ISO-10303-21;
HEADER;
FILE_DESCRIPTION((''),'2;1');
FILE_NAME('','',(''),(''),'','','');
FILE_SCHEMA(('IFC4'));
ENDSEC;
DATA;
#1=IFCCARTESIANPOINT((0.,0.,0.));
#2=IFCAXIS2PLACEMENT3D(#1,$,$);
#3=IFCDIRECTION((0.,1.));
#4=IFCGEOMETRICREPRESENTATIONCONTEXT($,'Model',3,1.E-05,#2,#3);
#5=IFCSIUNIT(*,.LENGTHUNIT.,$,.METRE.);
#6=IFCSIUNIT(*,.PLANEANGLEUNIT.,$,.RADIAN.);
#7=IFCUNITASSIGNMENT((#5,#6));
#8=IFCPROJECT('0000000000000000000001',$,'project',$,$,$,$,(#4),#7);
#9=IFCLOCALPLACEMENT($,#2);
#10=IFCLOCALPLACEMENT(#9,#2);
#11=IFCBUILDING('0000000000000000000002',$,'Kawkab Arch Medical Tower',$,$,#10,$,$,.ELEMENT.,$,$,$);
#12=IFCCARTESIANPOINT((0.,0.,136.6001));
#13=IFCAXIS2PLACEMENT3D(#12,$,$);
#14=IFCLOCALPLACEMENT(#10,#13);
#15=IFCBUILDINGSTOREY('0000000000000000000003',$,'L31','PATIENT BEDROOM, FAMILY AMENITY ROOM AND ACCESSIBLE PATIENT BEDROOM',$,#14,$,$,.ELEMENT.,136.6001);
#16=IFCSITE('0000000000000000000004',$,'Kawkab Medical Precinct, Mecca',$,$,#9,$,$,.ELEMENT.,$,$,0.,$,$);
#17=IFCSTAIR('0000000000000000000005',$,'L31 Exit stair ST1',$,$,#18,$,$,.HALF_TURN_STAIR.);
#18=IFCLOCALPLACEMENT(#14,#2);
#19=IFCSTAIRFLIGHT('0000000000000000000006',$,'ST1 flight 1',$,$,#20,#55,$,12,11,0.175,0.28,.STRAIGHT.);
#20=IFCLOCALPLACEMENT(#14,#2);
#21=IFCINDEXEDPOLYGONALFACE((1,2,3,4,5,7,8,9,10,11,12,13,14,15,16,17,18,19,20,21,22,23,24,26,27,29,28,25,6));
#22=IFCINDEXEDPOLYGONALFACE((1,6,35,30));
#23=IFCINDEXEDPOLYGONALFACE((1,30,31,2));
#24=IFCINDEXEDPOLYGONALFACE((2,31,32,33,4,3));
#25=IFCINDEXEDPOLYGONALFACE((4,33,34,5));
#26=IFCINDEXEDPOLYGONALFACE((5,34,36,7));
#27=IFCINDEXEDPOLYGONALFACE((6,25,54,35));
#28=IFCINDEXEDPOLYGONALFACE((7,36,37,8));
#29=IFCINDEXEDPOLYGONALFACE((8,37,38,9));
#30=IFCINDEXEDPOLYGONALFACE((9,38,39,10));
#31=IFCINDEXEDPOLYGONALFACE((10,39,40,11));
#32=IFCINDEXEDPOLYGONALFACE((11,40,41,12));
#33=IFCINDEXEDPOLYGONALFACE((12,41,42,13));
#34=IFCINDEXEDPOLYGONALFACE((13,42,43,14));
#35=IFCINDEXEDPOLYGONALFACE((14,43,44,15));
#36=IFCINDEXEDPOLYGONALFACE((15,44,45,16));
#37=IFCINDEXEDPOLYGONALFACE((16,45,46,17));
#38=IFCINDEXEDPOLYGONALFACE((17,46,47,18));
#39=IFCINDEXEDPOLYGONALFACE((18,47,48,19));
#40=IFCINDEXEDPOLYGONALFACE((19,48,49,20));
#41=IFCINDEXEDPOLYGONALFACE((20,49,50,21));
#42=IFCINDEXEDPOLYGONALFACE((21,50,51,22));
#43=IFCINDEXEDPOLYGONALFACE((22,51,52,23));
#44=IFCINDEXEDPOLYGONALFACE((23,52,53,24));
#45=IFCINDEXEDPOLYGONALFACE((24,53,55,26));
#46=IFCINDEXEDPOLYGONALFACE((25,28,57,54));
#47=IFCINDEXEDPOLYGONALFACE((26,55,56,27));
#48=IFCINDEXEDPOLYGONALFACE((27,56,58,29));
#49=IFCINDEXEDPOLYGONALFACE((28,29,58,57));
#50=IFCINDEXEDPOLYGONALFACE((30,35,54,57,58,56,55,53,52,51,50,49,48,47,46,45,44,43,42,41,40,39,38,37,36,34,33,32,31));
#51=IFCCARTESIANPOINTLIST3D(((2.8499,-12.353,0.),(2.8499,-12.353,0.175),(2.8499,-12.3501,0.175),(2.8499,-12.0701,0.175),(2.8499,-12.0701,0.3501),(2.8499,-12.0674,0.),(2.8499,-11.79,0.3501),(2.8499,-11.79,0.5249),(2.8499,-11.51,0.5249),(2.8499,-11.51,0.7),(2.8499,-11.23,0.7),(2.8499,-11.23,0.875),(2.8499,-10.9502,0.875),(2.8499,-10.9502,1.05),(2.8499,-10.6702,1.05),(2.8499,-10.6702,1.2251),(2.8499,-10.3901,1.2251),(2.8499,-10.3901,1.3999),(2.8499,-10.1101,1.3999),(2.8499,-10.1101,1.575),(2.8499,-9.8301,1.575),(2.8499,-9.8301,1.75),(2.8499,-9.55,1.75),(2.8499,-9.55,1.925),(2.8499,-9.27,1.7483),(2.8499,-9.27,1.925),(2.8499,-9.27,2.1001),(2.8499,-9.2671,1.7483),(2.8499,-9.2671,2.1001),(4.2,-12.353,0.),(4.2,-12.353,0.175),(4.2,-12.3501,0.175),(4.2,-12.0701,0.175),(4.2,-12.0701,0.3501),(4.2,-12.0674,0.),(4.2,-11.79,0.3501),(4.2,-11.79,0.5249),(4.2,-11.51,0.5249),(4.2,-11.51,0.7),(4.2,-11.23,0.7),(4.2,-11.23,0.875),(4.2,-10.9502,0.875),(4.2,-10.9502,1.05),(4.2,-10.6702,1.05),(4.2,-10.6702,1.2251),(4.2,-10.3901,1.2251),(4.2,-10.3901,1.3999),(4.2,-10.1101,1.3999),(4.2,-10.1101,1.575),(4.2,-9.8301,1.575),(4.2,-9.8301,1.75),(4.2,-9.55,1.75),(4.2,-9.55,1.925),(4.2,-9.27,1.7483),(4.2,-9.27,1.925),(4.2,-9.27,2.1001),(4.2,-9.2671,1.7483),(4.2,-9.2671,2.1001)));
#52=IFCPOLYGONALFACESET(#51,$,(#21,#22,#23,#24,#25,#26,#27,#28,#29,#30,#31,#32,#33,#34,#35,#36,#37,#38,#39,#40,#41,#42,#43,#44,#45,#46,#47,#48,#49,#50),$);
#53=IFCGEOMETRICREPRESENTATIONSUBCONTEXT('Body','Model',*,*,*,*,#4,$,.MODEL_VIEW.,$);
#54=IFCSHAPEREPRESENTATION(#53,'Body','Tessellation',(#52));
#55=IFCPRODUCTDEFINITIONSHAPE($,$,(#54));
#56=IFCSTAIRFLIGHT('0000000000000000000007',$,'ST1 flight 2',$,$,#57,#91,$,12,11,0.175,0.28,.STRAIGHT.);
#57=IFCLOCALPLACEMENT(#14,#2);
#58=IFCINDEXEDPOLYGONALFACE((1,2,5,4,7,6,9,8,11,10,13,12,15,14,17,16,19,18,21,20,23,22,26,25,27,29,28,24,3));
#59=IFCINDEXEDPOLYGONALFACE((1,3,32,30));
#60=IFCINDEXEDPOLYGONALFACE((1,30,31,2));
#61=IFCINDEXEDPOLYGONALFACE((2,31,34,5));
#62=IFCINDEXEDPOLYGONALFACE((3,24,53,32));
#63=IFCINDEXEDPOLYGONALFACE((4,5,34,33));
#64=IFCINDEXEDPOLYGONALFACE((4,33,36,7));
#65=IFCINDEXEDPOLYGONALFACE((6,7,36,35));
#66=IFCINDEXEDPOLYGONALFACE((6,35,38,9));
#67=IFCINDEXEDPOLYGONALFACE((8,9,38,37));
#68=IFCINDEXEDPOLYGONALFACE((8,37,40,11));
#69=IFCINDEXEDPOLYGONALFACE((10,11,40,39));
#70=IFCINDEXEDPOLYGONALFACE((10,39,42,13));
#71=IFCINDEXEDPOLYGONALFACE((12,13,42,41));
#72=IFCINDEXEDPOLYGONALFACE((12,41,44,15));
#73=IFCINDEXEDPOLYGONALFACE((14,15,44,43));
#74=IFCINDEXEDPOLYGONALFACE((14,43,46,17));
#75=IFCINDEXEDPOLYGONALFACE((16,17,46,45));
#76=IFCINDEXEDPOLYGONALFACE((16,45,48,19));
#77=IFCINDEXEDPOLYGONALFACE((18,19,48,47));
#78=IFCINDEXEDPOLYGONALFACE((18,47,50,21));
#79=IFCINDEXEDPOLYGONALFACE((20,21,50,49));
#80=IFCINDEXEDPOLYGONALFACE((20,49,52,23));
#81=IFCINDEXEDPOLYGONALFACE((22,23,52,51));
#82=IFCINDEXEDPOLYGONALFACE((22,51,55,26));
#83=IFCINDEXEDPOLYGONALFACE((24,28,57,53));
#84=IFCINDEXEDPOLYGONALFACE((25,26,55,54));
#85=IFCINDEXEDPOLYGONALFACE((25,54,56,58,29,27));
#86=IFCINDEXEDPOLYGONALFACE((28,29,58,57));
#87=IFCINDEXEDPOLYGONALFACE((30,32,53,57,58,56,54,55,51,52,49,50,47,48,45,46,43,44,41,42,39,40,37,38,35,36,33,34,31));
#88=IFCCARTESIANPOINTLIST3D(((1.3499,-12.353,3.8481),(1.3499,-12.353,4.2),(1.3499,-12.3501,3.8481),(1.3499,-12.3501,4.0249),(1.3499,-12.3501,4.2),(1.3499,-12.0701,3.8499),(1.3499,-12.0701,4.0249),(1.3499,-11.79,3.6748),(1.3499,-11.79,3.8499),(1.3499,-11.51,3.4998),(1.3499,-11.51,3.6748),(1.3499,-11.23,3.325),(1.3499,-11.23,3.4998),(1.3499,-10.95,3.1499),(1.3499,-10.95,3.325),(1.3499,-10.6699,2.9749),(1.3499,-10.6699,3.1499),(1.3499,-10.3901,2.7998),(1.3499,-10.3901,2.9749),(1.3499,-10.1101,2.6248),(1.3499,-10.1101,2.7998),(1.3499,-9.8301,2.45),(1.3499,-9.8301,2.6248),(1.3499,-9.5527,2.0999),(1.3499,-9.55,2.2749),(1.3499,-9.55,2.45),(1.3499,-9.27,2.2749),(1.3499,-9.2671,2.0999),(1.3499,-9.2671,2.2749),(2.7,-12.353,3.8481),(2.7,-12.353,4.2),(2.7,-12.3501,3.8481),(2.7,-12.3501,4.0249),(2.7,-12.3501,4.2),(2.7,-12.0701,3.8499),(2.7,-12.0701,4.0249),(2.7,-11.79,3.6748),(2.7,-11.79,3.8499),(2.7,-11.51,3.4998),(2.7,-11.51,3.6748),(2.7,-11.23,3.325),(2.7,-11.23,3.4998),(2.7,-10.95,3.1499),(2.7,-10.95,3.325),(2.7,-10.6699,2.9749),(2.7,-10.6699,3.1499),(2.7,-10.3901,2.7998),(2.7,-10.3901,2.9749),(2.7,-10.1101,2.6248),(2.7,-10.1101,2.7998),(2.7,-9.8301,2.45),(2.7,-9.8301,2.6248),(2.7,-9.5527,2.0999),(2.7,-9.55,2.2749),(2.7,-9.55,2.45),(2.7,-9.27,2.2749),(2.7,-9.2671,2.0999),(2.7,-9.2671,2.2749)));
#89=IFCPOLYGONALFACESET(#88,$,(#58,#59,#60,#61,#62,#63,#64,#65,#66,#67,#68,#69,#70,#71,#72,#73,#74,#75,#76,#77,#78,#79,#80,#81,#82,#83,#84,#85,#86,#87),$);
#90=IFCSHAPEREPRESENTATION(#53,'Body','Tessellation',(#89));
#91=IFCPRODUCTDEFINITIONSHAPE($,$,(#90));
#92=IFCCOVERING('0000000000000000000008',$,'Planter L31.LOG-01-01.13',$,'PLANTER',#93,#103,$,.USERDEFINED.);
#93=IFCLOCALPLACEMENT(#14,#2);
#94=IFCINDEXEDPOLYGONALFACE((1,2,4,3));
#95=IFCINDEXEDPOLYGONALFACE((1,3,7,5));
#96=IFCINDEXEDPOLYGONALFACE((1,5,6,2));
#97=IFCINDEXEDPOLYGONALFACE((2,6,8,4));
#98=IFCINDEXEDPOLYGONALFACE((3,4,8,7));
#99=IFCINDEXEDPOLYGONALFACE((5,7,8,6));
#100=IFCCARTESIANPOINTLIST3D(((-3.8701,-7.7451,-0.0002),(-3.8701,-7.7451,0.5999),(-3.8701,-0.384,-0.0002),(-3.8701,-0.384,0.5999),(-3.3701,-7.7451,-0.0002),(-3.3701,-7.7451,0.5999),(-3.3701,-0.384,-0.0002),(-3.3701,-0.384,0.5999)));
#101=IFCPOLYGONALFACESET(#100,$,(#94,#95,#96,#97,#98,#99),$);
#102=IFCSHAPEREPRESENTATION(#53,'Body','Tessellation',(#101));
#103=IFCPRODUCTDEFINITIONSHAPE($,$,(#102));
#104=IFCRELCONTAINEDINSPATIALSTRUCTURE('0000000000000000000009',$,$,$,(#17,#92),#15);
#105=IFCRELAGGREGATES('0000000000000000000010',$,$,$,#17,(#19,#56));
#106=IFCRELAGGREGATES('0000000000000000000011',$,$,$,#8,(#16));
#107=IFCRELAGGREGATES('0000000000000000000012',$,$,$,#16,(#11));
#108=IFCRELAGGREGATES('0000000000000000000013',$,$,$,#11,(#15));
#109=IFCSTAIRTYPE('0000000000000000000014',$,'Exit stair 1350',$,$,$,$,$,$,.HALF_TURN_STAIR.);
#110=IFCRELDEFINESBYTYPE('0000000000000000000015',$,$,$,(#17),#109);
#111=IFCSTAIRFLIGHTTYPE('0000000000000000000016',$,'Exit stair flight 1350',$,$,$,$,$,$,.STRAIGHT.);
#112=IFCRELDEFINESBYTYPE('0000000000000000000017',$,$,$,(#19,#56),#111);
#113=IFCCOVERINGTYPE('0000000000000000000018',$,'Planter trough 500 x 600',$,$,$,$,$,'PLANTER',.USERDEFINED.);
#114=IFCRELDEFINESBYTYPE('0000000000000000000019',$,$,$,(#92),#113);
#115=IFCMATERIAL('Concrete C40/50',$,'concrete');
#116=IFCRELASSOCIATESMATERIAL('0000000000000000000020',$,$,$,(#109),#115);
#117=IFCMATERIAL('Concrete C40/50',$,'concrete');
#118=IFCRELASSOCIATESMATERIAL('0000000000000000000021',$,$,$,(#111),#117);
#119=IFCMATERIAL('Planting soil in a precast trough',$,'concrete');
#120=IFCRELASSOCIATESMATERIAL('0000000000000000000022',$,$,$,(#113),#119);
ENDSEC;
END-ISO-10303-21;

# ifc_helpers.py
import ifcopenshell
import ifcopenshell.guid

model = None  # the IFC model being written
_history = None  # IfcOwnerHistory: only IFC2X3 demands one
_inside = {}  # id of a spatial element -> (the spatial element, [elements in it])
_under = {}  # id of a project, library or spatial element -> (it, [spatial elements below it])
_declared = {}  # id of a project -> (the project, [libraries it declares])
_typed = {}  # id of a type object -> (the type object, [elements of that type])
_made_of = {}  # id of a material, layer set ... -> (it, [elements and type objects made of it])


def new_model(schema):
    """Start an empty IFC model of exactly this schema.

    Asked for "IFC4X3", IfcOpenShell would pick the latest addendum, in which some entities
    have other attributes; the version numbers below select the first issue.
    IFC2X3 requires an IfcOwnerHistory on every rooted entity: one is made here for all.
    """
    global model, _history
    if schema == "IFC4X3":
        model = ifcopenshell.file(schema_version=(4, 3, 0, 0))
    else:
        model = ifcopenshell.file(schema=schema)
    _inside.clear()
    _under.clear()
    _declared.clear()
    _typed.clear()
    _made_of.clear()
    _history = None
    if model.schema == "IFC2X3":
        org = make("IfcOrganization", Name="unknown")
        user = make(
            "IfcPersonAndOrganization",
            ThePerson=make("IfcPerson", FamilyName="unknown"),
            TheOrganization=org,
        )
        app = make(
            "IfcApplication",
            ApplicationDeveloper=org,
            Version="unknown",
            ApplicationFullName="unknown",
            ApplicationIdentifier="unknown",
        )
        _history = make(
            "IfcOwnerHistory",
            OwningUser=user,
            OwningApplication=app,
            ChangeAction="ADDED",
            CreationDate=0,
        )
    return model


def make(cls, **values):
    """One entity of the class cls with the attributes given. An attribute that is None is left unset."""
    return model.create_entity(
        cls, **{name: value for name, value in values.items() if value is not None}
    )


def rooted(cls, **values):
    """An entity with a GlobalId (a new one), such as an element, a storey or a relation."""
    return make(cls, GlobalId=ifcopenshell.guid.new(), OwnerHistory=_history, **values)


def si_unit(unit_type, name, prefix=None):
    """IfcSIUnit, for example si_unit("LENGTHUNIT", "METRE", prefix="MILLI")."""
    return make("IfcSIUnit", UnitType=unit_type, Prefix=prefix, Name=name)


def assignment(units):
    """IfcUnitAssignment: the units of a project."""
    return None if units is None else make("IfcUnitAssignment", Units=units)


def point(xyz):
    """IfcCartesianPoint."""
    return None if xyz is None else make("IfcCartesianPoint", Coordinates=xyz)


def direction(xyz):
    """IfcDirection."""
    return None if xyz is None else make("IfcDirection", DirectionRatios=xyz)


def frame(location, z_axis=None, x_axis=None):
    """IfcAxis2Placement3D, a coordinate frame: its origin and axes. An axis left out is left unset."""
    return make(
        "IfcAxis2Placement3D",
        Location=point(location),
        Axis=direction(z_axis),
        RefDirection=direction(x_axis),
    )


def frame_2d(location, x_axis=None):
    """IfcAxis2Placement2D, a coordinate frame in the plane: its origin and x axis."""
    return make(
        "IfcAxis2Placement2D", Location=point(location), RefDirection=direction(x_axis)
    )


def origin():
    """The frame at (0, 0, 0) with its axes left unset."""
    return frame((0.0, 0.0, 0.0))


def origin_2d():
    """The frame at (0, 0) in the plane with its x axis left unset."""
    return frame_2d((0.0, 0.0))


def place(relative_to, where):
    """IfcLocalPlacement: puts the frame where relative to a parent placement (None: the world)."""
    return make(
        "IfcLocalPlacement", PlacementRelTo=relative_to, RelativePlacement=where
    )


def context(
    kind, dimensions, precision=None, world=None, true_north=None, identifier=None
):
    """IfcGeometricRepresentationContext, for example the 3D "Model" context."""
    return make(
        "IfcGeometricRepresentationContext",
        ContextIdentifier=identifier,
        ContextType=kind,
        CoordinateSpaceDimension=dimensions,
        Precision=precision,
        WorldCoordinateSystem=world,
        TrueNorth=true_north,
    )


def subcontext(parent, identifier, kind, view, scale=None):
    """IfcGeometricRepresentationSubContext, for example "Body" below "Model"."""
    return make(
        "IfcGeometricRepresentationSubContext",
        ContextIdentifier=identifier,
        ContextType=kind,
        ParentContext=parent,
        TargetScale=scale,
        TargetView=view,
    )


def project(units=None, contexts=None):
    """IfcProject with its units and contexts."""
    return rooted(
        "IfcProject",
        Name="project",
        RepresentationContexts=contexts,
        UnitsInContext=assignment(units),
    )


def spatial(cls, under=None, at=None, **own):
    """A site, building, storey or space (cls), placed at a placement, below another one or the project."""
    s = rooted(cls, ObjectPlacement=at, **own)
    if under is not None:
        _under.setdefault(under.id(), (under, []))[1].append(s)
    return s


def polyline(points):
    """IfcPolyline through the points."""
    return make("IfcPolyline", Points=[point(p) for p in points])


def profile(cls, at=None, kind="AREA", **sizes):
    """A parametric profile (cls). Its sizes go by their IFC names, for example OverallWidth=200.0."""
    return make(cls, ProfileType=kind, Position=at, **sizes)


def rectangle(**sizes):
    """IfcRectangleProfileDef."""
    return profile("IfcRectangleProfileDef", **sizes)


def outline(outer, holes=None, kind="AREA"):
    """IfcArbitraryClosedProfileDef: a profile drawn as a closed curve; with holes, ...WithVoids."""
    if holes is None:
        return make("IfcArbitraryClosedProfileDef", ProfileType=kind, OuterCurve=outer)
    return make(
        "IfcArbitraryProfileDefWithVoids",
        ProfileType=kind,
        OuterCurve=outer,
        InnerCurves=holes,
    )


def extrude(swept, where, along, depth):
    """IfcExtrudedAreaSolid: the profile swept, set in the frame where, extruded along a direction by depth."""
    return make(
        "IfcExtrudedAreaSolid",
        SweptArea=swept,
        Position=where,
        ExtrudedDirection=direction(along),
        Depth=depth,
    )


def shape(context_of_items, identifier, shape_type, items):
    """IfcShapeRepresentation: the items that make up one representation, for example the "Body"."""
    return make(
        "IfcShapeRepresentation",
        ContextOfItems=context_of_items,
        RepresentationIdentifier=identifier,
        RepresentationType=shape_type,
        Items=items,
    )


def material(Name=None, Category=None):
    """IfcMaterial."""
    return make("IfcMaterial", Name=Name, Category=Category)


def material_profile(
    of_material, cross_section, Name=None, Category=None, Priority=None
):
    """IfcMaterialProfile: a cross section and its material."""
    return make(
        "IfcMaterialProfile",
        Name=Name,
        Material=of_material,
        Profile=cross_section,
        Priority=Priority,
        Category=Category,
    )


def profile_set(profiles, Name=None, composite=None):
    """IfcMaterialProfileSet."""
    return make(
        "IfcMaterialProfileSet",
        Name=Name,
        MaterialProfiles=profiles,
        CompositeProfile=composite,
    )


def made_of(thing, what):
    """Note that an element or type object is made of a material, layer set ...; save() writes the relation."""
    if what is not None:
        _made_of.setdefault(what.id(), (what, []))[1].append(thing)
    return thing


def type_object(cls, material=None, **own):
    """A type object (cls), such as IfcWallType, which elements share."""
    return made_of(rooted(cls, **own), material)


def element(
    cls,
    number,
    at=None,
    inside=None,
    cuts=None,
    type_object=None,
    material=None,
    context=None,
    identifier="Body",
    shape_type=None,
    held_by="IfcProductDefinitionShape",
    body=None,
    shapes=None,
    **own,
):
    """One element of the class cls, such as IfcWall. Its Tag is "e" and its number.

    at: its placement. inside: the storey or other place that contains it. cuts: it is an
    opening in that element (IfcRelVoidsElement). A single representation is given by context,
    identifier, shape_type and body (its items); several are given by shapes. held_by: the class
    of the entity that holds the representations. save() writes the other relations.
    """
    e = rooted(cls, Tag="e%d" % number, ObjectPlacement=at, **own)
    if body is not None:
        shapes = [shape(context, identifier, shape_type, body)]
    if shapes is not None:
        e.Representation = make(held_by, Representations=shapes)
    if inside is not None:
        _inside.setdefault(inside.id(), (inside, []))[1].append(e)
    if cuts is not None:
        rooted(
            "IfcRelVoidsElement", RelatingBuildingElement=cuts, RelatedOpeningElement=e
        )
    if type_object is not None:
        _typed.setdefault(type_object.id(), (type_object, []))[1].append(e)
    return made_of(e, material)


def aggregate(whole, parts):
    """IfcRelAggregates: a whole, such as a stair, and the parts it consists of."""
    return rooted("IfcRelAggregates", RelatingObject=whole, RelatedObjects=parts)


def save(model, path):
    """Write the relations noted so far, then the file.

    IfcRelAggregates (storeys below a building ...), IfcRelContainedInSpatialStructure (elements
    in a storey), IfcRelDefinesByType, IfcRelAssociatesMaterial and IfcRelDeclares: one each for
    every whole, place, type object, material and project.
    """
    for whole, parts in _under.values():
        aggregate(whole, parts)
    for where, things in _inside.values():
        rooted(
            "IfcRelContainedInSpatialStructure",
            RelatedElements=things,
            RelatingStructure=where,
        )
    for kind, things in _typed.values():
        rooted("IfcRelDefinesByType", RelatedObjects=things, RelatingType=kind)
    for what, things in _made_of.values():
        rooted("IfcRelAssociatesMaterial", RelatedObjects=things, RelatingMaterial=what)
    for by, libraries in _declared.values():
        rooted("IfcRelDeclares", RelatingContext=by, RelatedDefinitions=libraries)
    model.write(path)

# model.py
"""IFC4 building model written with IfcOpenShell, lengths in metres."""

from ifc_helpers import new_model, si_unit, direction, frame, origin, origin_2d, place, context, subcontext, project, spatial, polyline, rectangle, outline, extrude, material, material_profile, profile_set, type_object, element, aggregate, save


model = new_model("IFC4")

# Units and contexts
model_context = context("Model", 3, precision=1e-05, world=origin(), true_north=direction((0.0, 1.0)))
body_context = subcontext(model_context, "Body", "Model", "MODEL_VIEW")
ifc_project = project(units=[si_unit("LENGTHUNIT", "METRE"), si_unit("PLANEANGLEUNIT", "RADIAN")], contexts=[model_context])

# Site, building, storey
site_placement = place(None, origin())
site = spatial("IfcSite", under=ifc_project, at=site_placement, Name="Kawkab Medical Precinct, Mecca", CompositionType="ELEMENT", RefElevation=0.0)
building_placement = place(site_placement, origin())
building = spatial("IfcBuilding", under=site, at=building_placement, Name="Kawkab Arch Medical Tower", CompositionType="ELEMENT")
storey_placement = place(building_placement, frame((0.0, 0.0, 136.6001)))
storey = spatial("IfcBuildingStorey", under=building, at=storey_placement, Name="L31", Description="PATIENT BEDROOM, FAMILY AMENITY ROOM AND ACCESSIBLE PATIENT BEDROOM", CompositionType="ELEMENT", Elevation=136.6001)

# Shared definitions
placement = place(storey_placement, origin())

# Stair, stair flights
ifc_material_1 = material(Name="Concrete C40/50", Category="concrete")
stair_type = type_object("IfcStairType", Name="Exit stair 1350", PredefinedType="HALF_TURN_STAIR", material=ifc_material_1)
stair = element("IfcStair", 1, at=placement, inside=storey, type_object=stair_type, Name="L31 Exit stair ST1", PredefinedType="HALF_TURN_STAIR")
ifc_material_2 = material(Name="Concrete C40/50", Category="concrete")
stair_flight_type = type_object("IfcStairFlightType", Name="Exit stair flight 1350", PredefinedType="STRAIGHT", material=ifc_material_2)
stair_flight_1_placement = place(storey_placement, frame((3.5249, -12.3501, 0.0), z_axis=(0.0, 0.0, 1.0), x_axis=(0.0, 1.0, 0.0)))
stair_flight_1 = element("IfcStairFlight", 2, at=stair_flight_1_placement, type_object=stair_flight_type, Name="ST1 flight 1", NumberOfRisers=12, NumberOfTreads=11, PredefinedType="STRAIGHT", RiserHeight=0.175, TreadLength=0.28, context=body_context, shape_type="SweptSolid", body=[
    extrude(outline(polyline([(-0.0029, 0.0), (-0.0029, 0.175), (0.0, 0.175), (0.28, 0.175), (0.28, 0.3501), (0.5601, 0.3501), (0.5601, 0.5249), (0.8401, 0.5249), (0.8401, 0.7), (1.1201, 0.7), (1.1201, 0.875), (1.3999, 0.875), (1.3999, 1.05), (1.6799, 1.05), (1.6799, 1.2251), (1.96, 1.2251), (1.96, 1.3999), (2.24, 1.3999), (2.24, 1.575), (2.52, 1.575), (2.52, 1.75), (2.8, 1.75), (2.8, 1.925), (3.0801, 1.925), (3.0801, 2.1001), (3.083, 2.1001), (3.083, 1.7483), (3.0801, 1.7483), (0.2827, 0.0), (-0.0029, 0.0)])), frame((0.0, 0.675, 0.0), z_axis=(0.0, -1.0, 0.0), x_axis=(1.0, 0.0, 0.0)), (0.0, 0.0, 1.0), 1.3501),
])
stair_flight_2_placement = place(storey_placement, frame((2.0249, -9.27, 2.0999), z_axis=(0.0, 0.0, 1.0), x_axis=(0.0, -1.0, 0.0)))
stair_flight_2 = element("IfcStairFlight", 3, at=stair_flight_2_placement, type_object=stair_flight_type, Name="ST1 flight 2", NumberOfRisers=12, NumberOfTreads=11, PredefinedType="STRAIGHT", RiserHeight=0.175, TreadLength=0.28, context=body_context, shape_type="SweptSolid", body=[
    extrude(outline(polyline([(-0.0029, 0.0), (-0.0029, 0.175), (0.0, 0.175), (0.28, 0.175), (0.28, 0.3501), (0.5601, 0.3501), (0.5601, 0.5249), (0.8401, 0.5249), (0.8401, 0.7), (1.1201, 0.7), (1.1201, 0.875), (1.3999, 0.875), (1.3999, 1.05), (1.6799, 1.05), (1.6799, 1.2251), (1.96, 1.2251), (1.96, 1.3999), (2.24, 1.3999), (2.24, 1.575), (2.52, 1.575), (2.52, 1.75), (2.8, 1.75), (2.8, 1.925), (3.0801, 1.925), (3.0801, 2.1001), (3.083, 2.1001), (3.083, 1.7483), (3.0801, 1.7483), (0.2827, 0.0), (-0.0029, 0.0)])), frame((0.0, 0.675, 0.0), z_axis=(0.0, -1.0, 0.0), x_axis=(1.0, 0.0, 0.0)), (0.0, 0.0, 1.0), 1.3501),
])
aggregate(stair, [stair_flight_1, stair_flight_2])

# Covering
ifc_material_3 = material(Name="Planting soil in a precast trough", Category="concrete")
ifc_material_profile_1 = material_profile(ifc_material_3, rectangle(XDim=0.5, YDim=0.6001, at=origin_2d()), Name="Trough 500x600")
ifc_profile_set_1 = profile_set([ifc_material_profile_1], Name="Planting soil in a precast trough")
covering_type = type_object("IfcCoveringType", Name="Planter trough 500 x 600", ElementType="PLANTER", PredefinedType="USERDEFINED", material=ifc_profile_set_1)
covering_placement = place(storey_placement, frame((-3.6201, -7.7451, 0.2998), z_axis=(0.0, 1.0, 0.0), x_axis=(-1.0, 0.0, 0.0)))
element("IfcCovering", 4, at=covering_placement, inside=storey, type_object=covering_type, Name="Planter L31.LOG-01-01.13", ObjectType="PLANTER", PredefinedType="USERDEFINED", context=body_context, shape_type="SweptSolid", body=[
    extrude(rectangle(XDim=0.5, YDim=0.6001, at=origin_2d()), origin(), (0.0, 0.0, 1.0), 7.3611),
])

save(model, "model.ifc")
